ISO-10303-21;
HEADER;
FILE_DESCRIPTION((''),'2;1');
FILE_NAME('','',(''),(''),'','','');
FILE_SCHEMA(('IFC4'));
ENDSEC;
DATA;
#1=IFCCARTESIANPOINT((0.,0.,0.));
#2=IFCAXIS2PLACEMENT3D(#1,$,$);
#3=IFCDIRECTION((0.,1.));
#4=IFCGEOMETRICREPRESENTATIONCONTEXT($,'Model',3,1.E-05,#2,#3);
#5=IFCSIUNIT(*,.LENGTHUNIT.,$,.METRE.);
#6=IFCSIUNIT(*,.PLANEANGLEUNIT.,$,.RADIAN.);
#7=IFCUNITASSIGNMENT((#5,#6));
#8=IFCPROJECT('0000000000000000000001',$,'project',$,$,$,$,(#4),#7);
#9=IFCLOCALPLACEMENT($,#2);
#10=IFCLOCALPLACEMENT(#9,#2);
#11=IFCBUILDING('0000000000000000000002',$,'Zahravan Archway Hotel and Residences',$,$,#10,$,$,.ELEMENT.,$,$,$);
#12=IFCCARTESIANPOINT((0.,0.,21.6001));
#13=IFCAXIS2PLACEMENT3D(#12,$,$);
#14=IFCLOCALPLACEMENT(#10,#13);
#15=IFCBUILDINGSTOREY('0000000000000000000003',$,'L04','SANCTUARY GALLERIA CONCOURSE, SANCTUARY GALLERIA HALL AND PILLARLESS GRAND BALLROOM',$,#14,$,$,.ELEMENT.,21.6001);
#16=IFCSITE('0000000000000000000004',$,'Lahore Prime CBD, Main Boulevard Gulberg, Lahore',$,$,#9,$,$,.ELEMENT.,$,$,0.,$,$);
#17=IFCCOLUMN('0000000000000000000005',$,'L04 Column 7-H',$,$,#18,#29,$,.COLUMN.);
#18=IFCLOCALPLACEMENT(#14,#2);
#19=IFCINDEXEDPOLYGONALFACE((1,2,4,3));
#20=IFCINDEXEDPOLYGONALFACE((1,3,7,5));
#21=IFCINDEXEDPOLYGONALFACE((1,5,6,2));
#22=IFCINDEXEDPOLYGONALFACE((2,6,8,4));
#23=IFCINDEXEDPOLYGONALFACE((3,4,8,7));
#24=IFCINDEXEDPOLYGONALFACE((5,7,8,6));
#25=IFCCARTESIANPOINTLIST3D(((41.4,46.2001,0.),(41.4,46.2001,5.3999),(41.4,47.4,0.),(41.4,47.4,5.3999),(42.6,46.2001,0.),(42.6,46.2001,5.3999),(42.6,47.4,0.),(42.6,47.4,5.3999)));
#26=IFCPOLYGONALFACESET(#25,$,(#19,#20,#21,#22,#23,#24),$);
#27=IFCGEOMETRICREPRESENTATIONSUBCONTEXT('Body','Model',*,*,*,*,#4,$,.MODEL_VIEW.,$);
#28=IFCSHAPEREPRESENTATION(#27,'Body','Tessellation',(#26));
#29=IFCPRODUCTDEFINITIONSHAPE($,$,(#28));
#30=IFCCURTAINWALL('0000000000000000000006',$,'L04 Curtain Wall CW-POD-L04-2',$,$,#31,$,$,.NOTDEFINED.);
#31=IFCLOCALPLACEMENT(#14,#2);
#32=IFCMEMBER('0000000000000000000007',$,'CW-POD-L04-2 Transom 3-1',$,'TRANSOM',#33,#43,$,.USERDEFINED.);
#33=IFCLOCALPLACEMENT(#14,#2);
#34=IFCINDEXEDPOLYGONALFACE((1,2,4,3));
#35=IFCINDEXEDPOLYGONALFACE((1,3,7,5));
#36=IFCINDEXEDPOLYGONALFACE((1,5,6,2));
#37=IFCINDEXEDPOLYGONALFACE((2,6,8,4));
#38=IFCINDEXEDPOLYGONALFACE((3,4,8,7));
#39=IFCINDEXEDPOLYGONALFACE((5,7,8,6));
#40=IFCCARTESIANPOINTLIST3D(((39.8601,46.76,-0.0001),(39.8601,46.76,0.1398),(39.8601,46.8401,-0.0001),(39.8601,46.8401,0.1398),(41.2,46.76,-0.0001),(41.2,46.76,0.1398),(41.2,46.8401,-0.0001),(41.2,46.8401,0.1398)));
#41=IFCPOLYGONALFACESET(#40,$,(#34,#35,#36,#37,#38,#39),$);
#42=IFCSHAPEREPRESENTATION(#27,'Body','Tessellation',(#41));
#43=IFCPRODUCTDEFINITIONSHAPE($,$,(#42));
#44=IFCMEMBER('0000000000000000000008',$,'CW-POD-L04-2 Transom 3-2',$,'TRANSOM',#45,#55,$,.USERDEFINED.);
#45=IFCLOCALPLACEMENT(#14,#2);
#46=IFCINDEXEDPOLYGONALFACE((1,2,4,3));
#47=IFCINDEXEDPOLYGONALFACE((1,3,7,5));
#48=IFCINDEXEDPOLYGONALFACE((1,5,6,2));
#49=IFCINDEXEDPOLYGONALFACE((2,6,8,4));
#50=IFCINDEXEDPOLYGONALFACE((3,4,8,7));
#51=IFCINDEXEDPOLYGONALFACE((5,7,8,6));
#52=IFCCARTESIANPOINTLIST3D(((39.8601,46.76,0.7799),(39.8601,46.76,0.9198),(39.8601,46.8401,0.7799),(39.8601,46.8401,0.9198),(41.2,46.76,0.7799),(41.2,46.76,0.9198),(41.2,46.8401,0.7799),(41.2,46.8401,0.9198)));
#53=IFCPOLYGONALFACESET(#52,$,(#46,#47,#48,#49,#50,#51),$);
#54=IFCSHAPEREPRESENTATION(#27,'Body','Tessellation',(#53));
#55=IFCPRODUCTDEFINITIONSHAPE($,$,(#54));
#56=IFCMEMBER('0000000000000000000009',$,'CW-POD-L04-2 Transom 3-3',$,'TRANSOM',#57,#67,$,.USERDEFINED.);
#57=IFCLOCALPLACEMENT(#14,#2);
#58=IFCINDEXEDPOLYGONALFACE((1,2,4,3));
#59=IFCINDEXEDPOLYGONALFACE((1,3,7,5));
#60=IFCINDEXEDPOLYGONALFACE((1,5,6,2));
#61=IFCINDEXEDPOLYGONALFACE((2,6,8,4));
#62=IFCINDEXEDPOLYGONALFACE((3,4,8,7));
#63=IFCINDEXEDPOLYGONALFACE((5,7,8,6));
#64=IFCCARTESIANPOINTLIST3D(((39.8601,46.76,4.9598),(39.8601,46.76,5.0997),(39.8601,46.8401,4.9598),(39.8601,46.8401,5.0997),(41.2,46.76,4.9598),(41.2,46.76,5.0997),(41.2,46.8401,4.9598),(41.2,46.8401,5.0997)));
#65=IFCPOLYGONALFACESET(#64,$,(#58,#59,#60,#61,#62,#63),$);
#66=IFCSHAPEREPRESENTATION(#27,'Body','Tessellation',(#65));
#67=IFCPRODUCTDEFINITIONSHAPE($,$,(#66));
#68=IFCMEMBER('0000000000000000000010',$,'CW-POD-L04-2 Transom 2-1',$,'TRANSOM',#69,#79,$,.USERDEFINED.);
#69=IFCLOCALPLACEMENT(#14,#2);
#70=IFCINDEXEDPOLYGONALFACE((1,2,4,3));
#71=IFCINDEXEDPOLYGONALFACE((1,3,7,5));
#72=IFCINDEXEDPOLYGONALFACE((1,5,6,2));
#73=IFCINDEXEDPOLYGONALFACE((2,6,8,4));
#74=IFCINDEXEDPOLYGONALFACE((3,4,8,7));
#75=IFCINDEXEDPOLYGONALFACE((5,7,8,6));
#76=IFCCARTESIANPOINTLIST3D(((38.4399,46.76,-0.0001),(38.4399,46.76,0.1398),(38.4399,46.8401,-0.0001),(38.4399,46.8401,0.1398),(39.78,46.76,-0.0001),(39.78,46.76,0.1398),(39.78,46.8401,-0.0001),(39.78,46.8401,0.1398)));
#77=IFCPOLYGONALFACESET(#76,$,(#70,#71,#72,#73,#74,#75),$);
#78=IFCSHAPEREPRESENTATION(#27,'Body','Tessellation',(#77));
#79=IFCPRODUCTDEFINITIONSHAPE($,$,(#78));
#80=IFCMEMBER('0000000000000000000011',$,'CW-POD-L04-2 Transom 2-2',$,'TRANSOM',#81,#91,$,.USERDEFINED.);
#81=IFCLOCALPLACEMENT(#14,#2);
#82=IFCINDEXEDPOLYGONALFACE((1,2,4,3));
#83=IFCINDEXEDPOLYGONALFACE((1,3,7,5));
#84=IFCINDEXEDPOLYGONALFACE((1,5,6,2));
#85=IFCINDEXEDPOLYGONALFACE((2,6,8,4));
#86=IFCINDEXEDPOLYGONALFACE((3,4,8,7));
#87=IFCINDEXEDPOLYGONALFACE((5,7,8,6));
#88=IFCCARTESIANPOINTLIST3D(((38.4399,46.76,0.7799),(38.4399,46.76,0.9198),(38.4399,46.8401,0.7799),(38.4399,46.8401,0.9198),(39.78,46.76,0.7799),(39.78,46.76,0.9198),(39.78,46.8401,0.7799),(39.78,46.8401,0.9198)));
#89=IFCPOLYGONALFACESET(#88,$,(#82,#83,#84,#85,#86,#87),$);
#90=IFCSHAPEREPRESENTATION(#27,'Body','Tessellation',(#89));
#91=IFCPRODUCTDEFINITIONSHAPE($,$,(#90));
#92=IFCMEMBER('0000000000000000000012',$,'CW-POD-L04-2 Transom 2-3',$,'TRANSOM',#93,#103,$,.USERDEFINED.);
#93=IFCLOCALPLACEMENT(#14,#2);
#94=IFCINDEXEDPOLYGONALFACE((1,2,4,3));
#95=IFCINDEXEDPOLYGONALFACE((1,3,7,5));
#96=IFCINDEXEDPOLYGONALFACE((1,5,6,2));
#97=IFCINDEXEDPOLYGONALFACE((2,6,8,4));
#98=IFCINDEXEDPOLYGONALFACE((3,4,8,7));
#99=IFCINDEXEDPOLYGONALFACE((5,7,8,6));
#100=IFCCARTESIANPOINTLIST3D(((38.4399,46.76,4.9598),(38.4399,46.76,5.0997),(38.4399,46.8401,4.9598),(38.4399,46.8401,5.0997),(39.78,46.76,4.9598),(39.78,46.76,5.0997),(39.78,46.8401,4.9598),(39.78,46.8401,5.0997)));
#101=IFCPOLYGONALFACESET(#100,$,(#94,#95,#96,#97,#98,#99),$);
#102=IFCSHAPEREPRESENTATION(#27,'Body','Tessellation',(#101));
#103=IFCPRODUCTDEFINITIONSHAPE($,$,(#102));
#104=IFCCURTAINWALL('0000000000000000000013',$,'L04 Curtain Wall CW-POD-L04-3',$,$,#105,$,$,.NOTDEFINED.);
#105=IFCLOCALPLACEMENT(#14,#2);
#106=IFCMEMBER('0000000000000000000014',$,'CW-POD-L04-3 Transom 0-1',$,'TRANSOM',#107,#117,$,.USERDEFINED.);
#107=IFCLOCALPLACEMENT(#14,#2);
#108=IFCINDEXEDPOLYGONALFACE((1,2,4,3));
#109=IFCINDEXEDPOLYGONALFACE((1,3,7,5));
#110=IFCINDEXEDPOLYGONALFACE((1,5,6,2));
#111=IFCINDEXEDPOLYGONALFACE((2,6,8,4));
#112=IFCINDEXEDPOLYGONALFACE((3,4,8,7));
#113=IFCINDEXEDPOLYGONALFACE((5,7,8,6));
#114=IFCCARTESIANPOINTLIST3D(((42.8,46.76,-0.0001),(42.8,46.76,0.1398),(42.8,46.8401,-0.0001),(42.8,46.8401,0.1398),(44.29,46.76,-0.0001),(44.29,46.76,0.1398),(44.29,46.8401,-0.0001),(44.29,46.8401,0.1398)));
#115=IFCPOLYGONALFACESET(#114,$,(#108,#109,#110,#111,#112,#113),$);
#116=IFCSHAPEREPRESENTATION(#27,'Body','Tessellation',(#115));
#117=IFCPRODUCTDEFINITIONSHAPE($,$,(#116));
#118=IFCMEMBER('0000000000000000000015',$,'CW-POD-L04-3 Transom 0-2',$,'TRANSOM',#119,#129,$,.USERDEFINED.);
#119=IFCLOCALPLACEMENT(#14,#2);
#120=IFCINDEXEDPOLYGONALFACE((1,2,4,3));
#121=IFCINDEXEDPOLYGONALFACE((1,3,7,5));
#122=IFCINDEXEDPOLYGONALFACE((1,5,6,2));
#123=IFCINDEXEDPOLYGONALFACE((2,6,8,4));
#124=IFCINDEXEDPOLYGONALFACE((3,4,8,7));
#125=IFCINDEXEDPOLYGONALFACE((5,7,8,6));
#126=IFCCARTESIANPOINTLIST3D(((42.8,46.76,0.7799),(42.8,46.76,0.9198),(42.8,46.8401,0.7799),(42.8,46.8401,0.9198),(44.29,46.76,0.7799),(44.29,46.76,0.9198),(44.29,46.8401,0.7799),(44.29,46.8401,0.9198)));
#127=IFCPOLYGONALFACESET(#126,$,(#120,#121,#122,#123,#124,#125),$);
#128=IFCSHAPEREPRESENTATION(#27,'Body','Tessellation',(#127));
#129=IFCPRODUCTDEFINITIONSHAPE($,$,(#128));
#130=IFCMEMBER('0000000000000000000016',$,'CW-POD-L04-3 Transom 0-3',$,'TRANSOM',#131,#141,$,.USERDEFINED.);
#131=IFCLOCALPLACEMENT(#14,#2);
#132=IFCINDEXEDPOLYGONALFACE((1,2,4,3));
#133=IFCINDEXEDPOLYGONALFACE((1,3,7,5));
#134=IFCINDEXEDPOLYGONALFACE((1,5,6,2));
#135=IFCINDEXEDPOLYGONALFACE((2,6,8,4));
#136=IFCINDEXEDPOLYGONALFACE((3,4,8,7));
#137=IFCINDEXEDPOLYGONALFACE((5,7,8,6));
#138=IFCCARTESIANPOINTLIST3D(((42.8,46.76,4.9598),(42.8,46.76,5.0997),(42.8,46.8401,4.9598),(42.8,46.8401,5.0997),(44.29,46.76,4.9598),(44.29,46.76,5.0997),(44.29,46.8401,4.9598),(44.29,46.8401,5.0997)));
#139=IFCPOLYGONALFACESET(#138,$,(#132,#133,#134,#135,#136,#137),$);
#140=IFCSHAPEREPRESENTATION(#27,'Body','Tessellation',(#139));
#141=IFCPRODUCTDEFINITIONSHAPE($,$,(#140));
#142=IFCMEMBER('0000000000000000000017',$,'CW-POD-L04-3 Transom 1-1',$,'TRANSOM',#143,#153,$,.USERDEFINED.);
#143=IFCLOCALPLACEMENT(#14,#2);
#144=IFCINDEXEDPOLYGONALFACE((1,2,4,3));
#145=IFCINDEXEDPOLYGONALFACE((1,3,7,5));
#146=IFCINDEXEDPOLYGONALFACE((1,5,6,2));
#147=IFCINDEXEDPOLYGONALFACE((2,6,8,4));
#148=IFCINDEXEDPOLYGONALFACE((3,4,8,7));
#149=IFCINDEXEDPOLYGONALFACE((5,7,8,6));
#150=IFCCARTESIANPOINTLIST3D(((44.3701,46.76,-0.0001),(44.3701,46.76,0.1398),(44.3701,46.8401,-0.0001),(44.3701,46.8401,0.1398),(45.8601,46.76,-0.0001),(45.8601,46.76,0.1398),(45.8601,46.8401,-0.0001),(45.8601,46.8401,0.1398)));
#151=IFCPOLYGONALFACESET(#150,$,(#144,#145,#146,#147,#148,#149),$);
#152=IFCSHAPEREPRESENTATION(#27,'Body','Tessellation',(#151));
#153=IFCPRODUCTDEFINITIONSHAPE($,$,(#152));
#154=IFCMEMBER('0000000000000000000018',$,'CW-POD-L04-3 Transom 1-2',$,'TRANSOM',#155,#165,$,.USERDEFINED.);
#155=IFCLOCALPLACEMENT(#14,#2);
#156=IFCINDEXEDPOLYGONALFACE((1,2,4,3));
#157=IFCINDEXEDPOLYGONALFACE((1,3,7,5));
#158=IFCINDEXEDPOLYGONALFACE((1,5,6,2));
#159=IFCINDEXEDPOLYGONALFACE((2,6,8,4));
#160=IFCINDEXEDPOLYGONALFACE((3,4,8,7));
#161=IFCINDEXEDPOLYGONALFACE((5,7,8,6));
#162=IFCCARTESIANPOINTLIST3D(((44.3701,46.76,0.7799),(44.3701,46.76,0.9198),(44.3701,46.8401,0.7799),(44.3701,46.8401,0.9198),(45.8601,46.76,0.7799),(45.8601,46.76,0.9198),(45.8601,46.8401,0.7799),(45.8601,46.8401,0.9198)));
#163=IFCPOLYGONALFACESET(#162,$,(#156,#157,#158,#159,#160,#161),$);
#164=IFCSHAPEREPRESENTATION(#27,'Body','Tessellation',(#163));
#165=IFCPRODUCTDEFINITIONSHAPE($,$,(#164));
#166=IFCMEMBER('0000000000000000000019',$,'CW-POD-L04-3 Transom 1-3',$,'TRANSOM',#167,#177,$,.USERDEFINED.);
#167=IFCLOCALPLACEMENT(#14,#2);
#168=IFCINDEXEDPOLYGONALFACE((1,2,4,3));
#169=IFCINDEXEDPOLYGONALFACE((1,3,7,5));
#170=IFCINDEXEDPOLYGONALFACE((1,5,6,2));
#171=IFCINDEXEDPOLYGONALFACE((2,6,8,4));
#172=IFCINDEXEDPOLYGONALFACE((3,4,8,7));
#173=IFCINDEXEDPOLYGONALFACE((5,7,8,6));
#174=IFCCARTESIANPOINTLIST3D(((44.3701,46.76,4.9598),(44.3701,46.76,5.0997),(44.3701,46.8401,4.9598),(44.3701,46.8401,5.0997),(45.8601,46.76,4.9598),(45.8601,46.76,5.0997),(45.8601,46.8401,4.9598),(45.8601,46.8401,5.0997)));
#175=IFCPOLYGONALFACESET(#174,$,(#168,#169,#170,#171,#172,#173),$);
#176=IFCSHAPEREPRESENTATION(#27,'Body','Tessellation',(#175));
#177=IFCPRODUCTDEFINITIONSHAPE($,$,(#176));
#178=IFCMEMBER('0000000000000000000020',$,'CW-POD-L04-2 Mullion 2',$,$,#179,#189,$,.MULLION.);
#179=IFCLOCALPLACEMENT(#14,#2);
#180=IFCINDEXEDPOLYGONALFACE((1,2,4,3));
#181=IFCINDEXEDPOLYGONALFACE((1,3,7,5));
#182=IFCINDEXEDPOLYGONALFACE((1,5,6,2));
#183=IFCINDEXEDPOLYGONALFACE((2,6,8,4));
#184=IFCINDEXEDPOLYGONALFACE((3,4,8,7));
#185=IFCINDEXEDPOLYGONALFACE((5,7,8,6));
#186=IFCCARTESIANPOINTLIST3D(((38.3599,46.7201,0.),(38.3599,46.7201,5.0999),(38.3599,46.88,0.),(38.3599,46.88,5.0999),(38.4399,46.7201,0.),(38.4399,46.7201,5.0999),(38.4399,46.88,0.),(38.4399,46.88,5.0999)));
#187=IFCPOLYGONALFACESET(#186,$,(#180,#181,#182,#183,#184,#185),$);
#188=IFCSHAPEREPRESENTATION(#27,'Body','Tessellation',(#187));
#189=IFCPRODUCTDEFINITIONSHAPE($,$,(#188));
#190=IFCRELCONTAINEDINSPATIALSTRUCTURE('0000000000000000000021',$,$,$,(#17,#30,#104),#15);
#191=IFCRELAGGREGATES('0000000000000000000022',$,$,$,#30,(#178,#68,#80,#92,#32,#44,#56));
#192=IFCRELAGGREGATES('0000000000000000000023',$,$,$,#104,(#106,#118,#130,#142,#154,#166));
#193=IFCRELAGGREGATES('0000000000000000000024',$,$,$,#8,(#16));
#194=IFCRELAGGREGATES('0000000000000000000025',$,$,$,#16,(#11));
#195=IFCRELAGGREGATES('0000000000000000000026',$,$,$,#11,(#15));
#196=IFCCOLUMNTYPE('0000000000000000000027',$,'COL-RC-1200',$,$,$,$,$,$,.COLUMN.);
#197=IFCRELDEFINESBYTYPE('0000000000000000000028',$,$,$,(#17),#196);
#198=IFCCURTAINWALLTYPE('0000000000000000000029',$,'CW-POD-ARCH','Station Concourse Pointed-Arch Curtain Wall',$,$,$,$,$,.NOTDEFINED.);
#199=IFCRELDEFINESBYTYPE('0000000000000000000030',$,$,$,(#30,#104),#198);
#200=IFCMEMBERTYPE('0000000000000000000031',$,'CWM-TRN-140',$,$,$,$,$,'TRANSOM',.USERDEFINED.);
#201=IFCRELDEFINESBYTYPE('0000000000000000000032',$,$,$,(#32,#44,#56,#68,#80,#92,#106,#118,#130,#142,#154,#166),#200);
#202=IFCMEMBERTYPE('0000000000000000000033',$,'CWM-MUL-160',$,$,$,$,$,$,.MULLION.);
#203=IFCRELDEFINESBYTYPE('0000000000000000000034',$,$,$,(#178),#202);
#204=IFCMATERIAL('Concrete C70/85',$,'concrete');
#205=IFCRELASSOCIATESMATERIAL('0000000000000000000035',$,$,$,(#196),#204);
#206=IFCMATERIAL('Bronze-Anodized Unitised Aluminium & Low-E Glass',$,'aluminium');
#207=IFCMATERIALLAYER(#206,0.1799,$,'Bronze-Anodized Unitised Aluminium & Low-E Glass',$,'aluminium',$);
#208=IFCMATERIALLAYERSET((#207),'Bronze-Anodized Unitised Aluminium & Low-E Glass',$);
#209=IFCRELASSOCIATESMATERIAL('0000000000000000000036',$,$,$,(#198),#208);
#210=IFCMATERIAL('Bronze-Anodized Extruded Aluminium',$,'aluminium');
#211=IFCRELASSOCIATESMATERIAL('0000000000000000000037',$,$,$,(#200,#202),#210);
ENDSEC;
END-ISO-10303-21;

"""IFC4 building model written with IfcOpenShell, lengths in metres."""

from ifc_helpers import new_model, si_unit, direction, frame, origin, origin_2d, place, context, subcontext, project, spatial, rectangle, extrude, source, transform, mapped, material, layer, layer_set, material_profile, profile_set, type_object, element, aggregate, save


model = new_model("IFC4")

# Units and contexts
model_context = context("Model", 3, precision=1e-05, world=origin(), true_north=direction((0.0, 1.0)))
body_context = subcontext(model_context, "Body", "Model", "MODEL_VIEW")
ifc_project = project(units=[si_unit("LENGTHUNIT", "METRE"), si_unit("PLANEANGLEUNIT", "RADIAN")], contexts=[model_context])

# Site, building, storey
site_placement = place(None, origin())
site = spatial("IfcSite", under=ifc_project, at=site_placement, Name="Lahore Prime CBD, Main Boulevard Gulberg, Lahore", CompositionType="ELEMENT", RefElevation=0.0)
building_placement = place(site_placement, origin())
building = spatial("IfcBuilding", under=site, at=building_placement, Name="Zahravan Archway Hotel and Residences", CompositionType="ELEMENT")
storey_placement = place(building_placement, frame((0.0, 0.0, 21.6001)))
storey = spatial("IfcBuildingStorey", under=building, at=storey_placement, Name="L04", Description="SANCTUARY GALLERIA CONCOURSE, SANCTUARY GALLERIA HALL AND PILLARLESS GRAND BALLROOM", CompositionType="ELEMENT", Elevation=21.6001)

# Column
ifc_material_1 = material(Name="Concrete C70/85", Category="concrete")
ifc_material_profile_1 = material_profile(ifc_material_1, rectangle(XDim=1.2, YDim=1.2, at=origin_2d()), Name="RC-COL-1200x1200", Category="concrete")
ifc_profile_set_1 = profile_set([ifc_material_profile_1], Name="Concrete C70/85")
column_type = type_object("IfcColumnType", Name="COL-RC-1200", PredefinedType="COLUMN", material=ifc_profile_set_1)
shared_shape_1 = source(origin(), body_context, "Body", "SweptSolid", [
    extrude(rectangle(XDim=1.2, YDim=1.2, at=origin_2d()), origin(), (0.0, 0.0, 1.0), 5.3999),
])
column_placement = place(storey_placement, frame((42.0, 46.8, 0.0), z_axis=(0.0, 0.0, 1.0), x_axis=(1.0, 0.0, 0.0)))
element("IfcColumn", 1, at=column_placement, inside=storey, type_object=column_type, Name="L04 Column 7-H", PredefinedType="COLUMN", context=body_context, shape_type="MappedRepresentation", body=[
    mapped(shared_shape_1, transform((0.0, 0.0, 0.0), scale=1.0)),
])

# Curtain walls, members
ifc_material_2 = material(Name="Bronze-Anodized Unitised Aluminium & Low-E Glass", Category="aluminium")
ifc_layer_1 = layer(ifc_material_2, 0.1799, Name="Bronze-Anodized Unitised Aluminium & Low-E Glass", Category="aluminium")
ifc_layer_set_1 = layer_set([ifc_layer_1], Name="Bronze-Anodized Unitised Aluminium & Low-E Glass")
curtain_wall_type = type_object("IfcCurtainWallType", Name="CW-POD-ARCH", Description="Station Concourse Pointed-Arch Curtain Wall", PredefinedType="NOTDEFINED", material=ifc_layer_set_1)
curtain_wall_1_placement = place(storey_placement, origin())
curtain_wall_1 = element("IfcCurtainWall", 2, at=curtain_wall_1_placement, inside=storey, type_object=curtain_wall_type, Name="L04 Curtain Wall CW-POD-L04-2", PredefinedType="NOTDEFINED")
ifc_material_3 = material(Name="Bronze-Anodized Extruded Aluminium", Category="aluminium")
ifc_material_profile_2 = material_profile(ifc_material_3, rectangle(XDim=0.0801, YDim=0.1399, at=origin_2d()), Name="TRN 80x140", Category="aluminium")
ifc_profile_set_2 = profile_set([ifc_material_profile_2], Name="Bronze-Anodized Extruded Aluminium")
member_type_1 = type_object("IfcMemberType", Name="CWM-TRN-140", ElementType="TRANSOM", PredefinedType="USERDEFINED", material=ifc_profile_set_2)
shared_shape_2 = source(origin(), body_context, "Body", "SweptSolid", [
    extrude(rectangle(XDim=0.0801, YDim=0.1399, at=origin_2d()), origin(), (0.0, 0.0, 1.0), 1.3398),
])
member_1_placement = place(storey_placement, frame((39.8601, 46.8, 0.0698), z_axis=(1.0, 0.0, 0.0), x_axis=(0.0, 1.0, 0.0)))
member_1 = element("IfcMember", 3, at=member_1_placement, type_object=member_type_1, Name="CW-POD-L04-2 Transom 3-1", ObjectType="TRANSOM", PredefinedType="USERDEFINED", context=body_context, shape_type="MappedRepresentation", body=[
    mapped(shared_shape_2, transform((0.0, 0.0, 0.0), scale=1.0)),
])
member_2_placement = place(storey_placement, frame((39.8601, 46.8, 0.8499), z_axis=(1.0, 0.0, 0.0), x_axis=(0.0, 1.0, 0.0)))
member_2 = element("IfcMember", 4, at=member_2_placement, type_object=member_type_1, Name="CW-POD-L04-2 Transom 3-2", ObjectType="TRANSOM", PredefinedType="USERDEFINED", context=body_context, shape_type="MappedRepresentation", body=[
    mapped(shared_shape_2, transform((0.0, 0.0, 0.0), scale=1.0)),
])
member_3_placement = place(storey_placement, frame((39.8601, 46.8, 5.0298), z_axis=(1.0, 0.0, 0.0), x_axis=(0.0, 1.0, 0.0)))
member_3 = element("IfcMember", 5, at=member_3_placement, type_object=member_type_1, Name="CW-POD-L04-2 Transom 3-3", ObjectType="TRANSOM", PredefinedType="USERDEFINED", context=body_context, shape_type="MappedRepresentation", body=[
    mapped(shared_shape_2, transform((0.0, 0.0, 0.0), scale=1.0)),
])
shared_shape_3 = source(origin(), body_context, "Body", "SweptSolid", [
    extrude(rectangle(XDim=0.0801, YDim=0.1399, at=origin_2d()), origin(), (0.0, 0.0, 1.0), 1.3401),
])
member_4_placement = place(storey_placement, frame((38.4399, 46.8, 0.0698), z_axis=(1.0, 0.0, 0.0), x_axis=(0.0, 1.0, 0.0)))
member_4 = element("IfcMember", 6, at=member_4_placement, type_object=member_type_1, Name="CW-POD-L04-2 Transom 2-1", ObjectType="TRANSOM", PredefinedType="USERDEFINED", context=body_context, shape_type="MappedRepresentation", body=[
    mapped(shared_shape_3, transform((0.0, 0.0, 0.0), scale=1.0)),
])
member_5_placement = place(storey_placement, frame((38.4399, 46.8, 0.8499), z_axis=(1.0, 0.0, 0.0), x_axis=(0.0, 1.0, 0.0)))
member_5 = element("IfcMember", 7, at=member_5_placement, type_object=member_type_1, Name="CW-POD-L04-2 Transom 2-2", ObjectType="TRANSOM", PredefinedType="USERDEFINED", context=body_context, shape_type="MappedRepresentation", body=[
    mapped(shared_shape_3, transform((0.0, 0.0, 0.0), scale=1.0)),
])
member_6_placement = place(storey_placement, frame((38.4399, 46.8, 5.0298), z_axis=(1.0, 0.0, 0.0), x_axis=(0.0, 1.0, 0.0)))
member_6 = element("IfcMember", 8, at=member_6_placement, type_object=member_type_1, Name="CW-POD-L04-2 Transom 2-3", ObjectType="TRANSOM", PredefinedType="USERDEFINED", context=body_context, shape_type="MappedRepresentation", body=[
    mapped(shared_shape_3, transform((0.0, 0.0, 0.0), scale=1.0)),
])
curtain_wall_2_placement = place(storey_placement, origin())
curtain_wall_2 = element("IfcCurtainWall", 9, at=curtain_wall_2_placement, inside=storey, type_object=curtain_wall_type, Name="L04 Curtain Wall CW-POD-L04-3", PredefinedType="NOTDEFINED")
shared_shape_4 = source(origin(), body_context, "Body", "SweptSolid", [
    extrude(rectangle(XDim=0.0801, YDim=0.1399, at=origin_2d()), origin(), (0.0, 0.0, 1.0), 1.49),
])
member_7_placement = place(storey_placement, frame((42.8, 46.8, 0.0698), z_axis=(1.0, 0.0, 0.0), x_axis=(0.0, 1.0, 0.0)))
member_7 = element("IfcMember", 10, at=member_7_placement, type_object=member_type_1, Name="CW-POD-L04-3 Transom 0-1", ObjectType="TRANSOM", PredefinedType="USERDEFINED", context=body_context, shape_type="MappedRepresentation", body=[
    mapped(shared_shape_4, transform((0.0, 0.0, 0.0), scale=1.0)),
])
member_8_placement = place(storey_placement, frame((42.8, 46.8, 0.8499), z_axis=(1.0, 0.0, 0.0), x_axis=(0.0, 1.0, 0.0)))
member_8 = element("IfcMember", 11, at=member_8_placement, type_object=member_type_1, Name="CW-POD-L04-3 Transom 0-2", ObjectType="TRANSOM", PredefinedType="USERDEFINED", context=body_context, shape_type="MappedRepresentation", body=[
    mapped(shared_shape_4, transform((0.0, 0.0, 0.0), scale=1.0)),
])
member_9_placement = place(storey_placement, frame((42.8, 46.8, 5.0298), z_axis=(1.0, 0.0, 0.0), x_axis=(0.0, 1.0, 0.0)))
member_9 = element("IfcMember", 12, at=member_9_placement, type_object=member_type_1, Name="CW-POD-L04-3 Transom 0-3", ObjectType="TRANSOM", PredefinedType="USERDEFINED", context=body_context, shape_type="MappedRepresentation", body=[
    mapped(shared_shape_4, transform((0.0, 0.0, 0.0), scale=1.0)),
])
member_10_placement = place(storey_placement, frame((44.3701, 46.8, 0.0698), z_axis=(1.0, 0.0, 0.0), x_axis=(0.0, 1.0, 0.0)))
member_10 = element("IfcMember", 13, at=member_10_placement, type_object=member_type_1, Name="CW-POD-L04-3 Transom 1-1", ObjectType="TRANSOM", PredefinedType="USERDEFINED", context=body_context, shape_type="MappedRepresentation", body=[
    mapped(shared_shape_4, transform((0.0, 0.0, 0.0), scale=1.0)),
])
member_11_placement = place(storey_placement, frame((44.3701, 46.8, 0.8499), z_axis=(1.0, 0.0, 0.0), x_axis=(0.0, 1.0, 0.0)))
member_11 = element("IfcMember", 14, at=member_11_placement, type_object=member_type_1, Name="CW-POD-L04-3 Transom 1-2", ObjectType="TRANSOM", PredefinedType="USERDEFINED", context=body_context, shape_type="MappedRepresentation", body=[
    mapped(shared_shape_4, transform((0.0, 0.0, 0.0), scale=1.0)),
])
member_12_placement = place(storey_placement, frame((44.3701, 46.8, 5.0298), z_axis=(1.0, 0.0, 0.0), x_axis=(0.0, 1.0, 0.0)))
member_12 = element("IfcMember", 15, at=member_12_placement, type_object=member_type_1, Name="CW-POD-L04-3 Transom 1-3", ObjectType="TRANSOM", PredefinedType="USERDEFINED", context=body_context, shape_type="MappedRepresentation", body=[
    mapped(shared_shape_4, transform((0.0, 0.0, 0.0), scale=1.0)),
])

# Member
ifc_material_profile_3 = material_profile(ifc_material_3, rectangle(XDim=0.0801, YDim=0.1599, at=origin_2d()), Name="MUL 80x160", Category="aluminium")
ifc_profile_set_3 = profile_set([ifc_material_profile_3], Name="Bronze-Anodized Extruded Aluminium")
member_type_2 = type_object("IfcMemberType", Name="CWM-MUL-160", PredefinedType="MULLION", material=ifc_profile_set_3)
shared_shape_5 = source(origin(), body_context, "Body", "SweptSolid", [
    extrude(rectangle(XDim=0.0801, YDim=0.1599, at=origin_2d()), origin(), (0.0, 0.0, 1.0), 5.0999),
])
member_13_placement = place(storey_placement, frame((38.3999, 46.8, 0.0), z_axis=(0.0, 0.0, 1.0), x_axis=(1.0, 0.0, 0.0)))
member_13 = element("IfcMember", 16, at=member_13_placement, type_object=member_type_2, Name="CW-POD-L04-2 Mullion 2", PredefinedType="MULLION", context=body_context, shape_type="MappedRepresentation", body=[
    mapped(shared_shape_5, transform((0.0, 0.0, 0.0), scale=1.0)),
])

aggregate(curtain_wall_1, [member_13, member_4, member_5, member_6, member_1, member_2, member_3])
aggregate(curtain_wall_2, [member_7, member_8, member_9, member_10, member_11, member_12])

save(model, "model.ifc")
